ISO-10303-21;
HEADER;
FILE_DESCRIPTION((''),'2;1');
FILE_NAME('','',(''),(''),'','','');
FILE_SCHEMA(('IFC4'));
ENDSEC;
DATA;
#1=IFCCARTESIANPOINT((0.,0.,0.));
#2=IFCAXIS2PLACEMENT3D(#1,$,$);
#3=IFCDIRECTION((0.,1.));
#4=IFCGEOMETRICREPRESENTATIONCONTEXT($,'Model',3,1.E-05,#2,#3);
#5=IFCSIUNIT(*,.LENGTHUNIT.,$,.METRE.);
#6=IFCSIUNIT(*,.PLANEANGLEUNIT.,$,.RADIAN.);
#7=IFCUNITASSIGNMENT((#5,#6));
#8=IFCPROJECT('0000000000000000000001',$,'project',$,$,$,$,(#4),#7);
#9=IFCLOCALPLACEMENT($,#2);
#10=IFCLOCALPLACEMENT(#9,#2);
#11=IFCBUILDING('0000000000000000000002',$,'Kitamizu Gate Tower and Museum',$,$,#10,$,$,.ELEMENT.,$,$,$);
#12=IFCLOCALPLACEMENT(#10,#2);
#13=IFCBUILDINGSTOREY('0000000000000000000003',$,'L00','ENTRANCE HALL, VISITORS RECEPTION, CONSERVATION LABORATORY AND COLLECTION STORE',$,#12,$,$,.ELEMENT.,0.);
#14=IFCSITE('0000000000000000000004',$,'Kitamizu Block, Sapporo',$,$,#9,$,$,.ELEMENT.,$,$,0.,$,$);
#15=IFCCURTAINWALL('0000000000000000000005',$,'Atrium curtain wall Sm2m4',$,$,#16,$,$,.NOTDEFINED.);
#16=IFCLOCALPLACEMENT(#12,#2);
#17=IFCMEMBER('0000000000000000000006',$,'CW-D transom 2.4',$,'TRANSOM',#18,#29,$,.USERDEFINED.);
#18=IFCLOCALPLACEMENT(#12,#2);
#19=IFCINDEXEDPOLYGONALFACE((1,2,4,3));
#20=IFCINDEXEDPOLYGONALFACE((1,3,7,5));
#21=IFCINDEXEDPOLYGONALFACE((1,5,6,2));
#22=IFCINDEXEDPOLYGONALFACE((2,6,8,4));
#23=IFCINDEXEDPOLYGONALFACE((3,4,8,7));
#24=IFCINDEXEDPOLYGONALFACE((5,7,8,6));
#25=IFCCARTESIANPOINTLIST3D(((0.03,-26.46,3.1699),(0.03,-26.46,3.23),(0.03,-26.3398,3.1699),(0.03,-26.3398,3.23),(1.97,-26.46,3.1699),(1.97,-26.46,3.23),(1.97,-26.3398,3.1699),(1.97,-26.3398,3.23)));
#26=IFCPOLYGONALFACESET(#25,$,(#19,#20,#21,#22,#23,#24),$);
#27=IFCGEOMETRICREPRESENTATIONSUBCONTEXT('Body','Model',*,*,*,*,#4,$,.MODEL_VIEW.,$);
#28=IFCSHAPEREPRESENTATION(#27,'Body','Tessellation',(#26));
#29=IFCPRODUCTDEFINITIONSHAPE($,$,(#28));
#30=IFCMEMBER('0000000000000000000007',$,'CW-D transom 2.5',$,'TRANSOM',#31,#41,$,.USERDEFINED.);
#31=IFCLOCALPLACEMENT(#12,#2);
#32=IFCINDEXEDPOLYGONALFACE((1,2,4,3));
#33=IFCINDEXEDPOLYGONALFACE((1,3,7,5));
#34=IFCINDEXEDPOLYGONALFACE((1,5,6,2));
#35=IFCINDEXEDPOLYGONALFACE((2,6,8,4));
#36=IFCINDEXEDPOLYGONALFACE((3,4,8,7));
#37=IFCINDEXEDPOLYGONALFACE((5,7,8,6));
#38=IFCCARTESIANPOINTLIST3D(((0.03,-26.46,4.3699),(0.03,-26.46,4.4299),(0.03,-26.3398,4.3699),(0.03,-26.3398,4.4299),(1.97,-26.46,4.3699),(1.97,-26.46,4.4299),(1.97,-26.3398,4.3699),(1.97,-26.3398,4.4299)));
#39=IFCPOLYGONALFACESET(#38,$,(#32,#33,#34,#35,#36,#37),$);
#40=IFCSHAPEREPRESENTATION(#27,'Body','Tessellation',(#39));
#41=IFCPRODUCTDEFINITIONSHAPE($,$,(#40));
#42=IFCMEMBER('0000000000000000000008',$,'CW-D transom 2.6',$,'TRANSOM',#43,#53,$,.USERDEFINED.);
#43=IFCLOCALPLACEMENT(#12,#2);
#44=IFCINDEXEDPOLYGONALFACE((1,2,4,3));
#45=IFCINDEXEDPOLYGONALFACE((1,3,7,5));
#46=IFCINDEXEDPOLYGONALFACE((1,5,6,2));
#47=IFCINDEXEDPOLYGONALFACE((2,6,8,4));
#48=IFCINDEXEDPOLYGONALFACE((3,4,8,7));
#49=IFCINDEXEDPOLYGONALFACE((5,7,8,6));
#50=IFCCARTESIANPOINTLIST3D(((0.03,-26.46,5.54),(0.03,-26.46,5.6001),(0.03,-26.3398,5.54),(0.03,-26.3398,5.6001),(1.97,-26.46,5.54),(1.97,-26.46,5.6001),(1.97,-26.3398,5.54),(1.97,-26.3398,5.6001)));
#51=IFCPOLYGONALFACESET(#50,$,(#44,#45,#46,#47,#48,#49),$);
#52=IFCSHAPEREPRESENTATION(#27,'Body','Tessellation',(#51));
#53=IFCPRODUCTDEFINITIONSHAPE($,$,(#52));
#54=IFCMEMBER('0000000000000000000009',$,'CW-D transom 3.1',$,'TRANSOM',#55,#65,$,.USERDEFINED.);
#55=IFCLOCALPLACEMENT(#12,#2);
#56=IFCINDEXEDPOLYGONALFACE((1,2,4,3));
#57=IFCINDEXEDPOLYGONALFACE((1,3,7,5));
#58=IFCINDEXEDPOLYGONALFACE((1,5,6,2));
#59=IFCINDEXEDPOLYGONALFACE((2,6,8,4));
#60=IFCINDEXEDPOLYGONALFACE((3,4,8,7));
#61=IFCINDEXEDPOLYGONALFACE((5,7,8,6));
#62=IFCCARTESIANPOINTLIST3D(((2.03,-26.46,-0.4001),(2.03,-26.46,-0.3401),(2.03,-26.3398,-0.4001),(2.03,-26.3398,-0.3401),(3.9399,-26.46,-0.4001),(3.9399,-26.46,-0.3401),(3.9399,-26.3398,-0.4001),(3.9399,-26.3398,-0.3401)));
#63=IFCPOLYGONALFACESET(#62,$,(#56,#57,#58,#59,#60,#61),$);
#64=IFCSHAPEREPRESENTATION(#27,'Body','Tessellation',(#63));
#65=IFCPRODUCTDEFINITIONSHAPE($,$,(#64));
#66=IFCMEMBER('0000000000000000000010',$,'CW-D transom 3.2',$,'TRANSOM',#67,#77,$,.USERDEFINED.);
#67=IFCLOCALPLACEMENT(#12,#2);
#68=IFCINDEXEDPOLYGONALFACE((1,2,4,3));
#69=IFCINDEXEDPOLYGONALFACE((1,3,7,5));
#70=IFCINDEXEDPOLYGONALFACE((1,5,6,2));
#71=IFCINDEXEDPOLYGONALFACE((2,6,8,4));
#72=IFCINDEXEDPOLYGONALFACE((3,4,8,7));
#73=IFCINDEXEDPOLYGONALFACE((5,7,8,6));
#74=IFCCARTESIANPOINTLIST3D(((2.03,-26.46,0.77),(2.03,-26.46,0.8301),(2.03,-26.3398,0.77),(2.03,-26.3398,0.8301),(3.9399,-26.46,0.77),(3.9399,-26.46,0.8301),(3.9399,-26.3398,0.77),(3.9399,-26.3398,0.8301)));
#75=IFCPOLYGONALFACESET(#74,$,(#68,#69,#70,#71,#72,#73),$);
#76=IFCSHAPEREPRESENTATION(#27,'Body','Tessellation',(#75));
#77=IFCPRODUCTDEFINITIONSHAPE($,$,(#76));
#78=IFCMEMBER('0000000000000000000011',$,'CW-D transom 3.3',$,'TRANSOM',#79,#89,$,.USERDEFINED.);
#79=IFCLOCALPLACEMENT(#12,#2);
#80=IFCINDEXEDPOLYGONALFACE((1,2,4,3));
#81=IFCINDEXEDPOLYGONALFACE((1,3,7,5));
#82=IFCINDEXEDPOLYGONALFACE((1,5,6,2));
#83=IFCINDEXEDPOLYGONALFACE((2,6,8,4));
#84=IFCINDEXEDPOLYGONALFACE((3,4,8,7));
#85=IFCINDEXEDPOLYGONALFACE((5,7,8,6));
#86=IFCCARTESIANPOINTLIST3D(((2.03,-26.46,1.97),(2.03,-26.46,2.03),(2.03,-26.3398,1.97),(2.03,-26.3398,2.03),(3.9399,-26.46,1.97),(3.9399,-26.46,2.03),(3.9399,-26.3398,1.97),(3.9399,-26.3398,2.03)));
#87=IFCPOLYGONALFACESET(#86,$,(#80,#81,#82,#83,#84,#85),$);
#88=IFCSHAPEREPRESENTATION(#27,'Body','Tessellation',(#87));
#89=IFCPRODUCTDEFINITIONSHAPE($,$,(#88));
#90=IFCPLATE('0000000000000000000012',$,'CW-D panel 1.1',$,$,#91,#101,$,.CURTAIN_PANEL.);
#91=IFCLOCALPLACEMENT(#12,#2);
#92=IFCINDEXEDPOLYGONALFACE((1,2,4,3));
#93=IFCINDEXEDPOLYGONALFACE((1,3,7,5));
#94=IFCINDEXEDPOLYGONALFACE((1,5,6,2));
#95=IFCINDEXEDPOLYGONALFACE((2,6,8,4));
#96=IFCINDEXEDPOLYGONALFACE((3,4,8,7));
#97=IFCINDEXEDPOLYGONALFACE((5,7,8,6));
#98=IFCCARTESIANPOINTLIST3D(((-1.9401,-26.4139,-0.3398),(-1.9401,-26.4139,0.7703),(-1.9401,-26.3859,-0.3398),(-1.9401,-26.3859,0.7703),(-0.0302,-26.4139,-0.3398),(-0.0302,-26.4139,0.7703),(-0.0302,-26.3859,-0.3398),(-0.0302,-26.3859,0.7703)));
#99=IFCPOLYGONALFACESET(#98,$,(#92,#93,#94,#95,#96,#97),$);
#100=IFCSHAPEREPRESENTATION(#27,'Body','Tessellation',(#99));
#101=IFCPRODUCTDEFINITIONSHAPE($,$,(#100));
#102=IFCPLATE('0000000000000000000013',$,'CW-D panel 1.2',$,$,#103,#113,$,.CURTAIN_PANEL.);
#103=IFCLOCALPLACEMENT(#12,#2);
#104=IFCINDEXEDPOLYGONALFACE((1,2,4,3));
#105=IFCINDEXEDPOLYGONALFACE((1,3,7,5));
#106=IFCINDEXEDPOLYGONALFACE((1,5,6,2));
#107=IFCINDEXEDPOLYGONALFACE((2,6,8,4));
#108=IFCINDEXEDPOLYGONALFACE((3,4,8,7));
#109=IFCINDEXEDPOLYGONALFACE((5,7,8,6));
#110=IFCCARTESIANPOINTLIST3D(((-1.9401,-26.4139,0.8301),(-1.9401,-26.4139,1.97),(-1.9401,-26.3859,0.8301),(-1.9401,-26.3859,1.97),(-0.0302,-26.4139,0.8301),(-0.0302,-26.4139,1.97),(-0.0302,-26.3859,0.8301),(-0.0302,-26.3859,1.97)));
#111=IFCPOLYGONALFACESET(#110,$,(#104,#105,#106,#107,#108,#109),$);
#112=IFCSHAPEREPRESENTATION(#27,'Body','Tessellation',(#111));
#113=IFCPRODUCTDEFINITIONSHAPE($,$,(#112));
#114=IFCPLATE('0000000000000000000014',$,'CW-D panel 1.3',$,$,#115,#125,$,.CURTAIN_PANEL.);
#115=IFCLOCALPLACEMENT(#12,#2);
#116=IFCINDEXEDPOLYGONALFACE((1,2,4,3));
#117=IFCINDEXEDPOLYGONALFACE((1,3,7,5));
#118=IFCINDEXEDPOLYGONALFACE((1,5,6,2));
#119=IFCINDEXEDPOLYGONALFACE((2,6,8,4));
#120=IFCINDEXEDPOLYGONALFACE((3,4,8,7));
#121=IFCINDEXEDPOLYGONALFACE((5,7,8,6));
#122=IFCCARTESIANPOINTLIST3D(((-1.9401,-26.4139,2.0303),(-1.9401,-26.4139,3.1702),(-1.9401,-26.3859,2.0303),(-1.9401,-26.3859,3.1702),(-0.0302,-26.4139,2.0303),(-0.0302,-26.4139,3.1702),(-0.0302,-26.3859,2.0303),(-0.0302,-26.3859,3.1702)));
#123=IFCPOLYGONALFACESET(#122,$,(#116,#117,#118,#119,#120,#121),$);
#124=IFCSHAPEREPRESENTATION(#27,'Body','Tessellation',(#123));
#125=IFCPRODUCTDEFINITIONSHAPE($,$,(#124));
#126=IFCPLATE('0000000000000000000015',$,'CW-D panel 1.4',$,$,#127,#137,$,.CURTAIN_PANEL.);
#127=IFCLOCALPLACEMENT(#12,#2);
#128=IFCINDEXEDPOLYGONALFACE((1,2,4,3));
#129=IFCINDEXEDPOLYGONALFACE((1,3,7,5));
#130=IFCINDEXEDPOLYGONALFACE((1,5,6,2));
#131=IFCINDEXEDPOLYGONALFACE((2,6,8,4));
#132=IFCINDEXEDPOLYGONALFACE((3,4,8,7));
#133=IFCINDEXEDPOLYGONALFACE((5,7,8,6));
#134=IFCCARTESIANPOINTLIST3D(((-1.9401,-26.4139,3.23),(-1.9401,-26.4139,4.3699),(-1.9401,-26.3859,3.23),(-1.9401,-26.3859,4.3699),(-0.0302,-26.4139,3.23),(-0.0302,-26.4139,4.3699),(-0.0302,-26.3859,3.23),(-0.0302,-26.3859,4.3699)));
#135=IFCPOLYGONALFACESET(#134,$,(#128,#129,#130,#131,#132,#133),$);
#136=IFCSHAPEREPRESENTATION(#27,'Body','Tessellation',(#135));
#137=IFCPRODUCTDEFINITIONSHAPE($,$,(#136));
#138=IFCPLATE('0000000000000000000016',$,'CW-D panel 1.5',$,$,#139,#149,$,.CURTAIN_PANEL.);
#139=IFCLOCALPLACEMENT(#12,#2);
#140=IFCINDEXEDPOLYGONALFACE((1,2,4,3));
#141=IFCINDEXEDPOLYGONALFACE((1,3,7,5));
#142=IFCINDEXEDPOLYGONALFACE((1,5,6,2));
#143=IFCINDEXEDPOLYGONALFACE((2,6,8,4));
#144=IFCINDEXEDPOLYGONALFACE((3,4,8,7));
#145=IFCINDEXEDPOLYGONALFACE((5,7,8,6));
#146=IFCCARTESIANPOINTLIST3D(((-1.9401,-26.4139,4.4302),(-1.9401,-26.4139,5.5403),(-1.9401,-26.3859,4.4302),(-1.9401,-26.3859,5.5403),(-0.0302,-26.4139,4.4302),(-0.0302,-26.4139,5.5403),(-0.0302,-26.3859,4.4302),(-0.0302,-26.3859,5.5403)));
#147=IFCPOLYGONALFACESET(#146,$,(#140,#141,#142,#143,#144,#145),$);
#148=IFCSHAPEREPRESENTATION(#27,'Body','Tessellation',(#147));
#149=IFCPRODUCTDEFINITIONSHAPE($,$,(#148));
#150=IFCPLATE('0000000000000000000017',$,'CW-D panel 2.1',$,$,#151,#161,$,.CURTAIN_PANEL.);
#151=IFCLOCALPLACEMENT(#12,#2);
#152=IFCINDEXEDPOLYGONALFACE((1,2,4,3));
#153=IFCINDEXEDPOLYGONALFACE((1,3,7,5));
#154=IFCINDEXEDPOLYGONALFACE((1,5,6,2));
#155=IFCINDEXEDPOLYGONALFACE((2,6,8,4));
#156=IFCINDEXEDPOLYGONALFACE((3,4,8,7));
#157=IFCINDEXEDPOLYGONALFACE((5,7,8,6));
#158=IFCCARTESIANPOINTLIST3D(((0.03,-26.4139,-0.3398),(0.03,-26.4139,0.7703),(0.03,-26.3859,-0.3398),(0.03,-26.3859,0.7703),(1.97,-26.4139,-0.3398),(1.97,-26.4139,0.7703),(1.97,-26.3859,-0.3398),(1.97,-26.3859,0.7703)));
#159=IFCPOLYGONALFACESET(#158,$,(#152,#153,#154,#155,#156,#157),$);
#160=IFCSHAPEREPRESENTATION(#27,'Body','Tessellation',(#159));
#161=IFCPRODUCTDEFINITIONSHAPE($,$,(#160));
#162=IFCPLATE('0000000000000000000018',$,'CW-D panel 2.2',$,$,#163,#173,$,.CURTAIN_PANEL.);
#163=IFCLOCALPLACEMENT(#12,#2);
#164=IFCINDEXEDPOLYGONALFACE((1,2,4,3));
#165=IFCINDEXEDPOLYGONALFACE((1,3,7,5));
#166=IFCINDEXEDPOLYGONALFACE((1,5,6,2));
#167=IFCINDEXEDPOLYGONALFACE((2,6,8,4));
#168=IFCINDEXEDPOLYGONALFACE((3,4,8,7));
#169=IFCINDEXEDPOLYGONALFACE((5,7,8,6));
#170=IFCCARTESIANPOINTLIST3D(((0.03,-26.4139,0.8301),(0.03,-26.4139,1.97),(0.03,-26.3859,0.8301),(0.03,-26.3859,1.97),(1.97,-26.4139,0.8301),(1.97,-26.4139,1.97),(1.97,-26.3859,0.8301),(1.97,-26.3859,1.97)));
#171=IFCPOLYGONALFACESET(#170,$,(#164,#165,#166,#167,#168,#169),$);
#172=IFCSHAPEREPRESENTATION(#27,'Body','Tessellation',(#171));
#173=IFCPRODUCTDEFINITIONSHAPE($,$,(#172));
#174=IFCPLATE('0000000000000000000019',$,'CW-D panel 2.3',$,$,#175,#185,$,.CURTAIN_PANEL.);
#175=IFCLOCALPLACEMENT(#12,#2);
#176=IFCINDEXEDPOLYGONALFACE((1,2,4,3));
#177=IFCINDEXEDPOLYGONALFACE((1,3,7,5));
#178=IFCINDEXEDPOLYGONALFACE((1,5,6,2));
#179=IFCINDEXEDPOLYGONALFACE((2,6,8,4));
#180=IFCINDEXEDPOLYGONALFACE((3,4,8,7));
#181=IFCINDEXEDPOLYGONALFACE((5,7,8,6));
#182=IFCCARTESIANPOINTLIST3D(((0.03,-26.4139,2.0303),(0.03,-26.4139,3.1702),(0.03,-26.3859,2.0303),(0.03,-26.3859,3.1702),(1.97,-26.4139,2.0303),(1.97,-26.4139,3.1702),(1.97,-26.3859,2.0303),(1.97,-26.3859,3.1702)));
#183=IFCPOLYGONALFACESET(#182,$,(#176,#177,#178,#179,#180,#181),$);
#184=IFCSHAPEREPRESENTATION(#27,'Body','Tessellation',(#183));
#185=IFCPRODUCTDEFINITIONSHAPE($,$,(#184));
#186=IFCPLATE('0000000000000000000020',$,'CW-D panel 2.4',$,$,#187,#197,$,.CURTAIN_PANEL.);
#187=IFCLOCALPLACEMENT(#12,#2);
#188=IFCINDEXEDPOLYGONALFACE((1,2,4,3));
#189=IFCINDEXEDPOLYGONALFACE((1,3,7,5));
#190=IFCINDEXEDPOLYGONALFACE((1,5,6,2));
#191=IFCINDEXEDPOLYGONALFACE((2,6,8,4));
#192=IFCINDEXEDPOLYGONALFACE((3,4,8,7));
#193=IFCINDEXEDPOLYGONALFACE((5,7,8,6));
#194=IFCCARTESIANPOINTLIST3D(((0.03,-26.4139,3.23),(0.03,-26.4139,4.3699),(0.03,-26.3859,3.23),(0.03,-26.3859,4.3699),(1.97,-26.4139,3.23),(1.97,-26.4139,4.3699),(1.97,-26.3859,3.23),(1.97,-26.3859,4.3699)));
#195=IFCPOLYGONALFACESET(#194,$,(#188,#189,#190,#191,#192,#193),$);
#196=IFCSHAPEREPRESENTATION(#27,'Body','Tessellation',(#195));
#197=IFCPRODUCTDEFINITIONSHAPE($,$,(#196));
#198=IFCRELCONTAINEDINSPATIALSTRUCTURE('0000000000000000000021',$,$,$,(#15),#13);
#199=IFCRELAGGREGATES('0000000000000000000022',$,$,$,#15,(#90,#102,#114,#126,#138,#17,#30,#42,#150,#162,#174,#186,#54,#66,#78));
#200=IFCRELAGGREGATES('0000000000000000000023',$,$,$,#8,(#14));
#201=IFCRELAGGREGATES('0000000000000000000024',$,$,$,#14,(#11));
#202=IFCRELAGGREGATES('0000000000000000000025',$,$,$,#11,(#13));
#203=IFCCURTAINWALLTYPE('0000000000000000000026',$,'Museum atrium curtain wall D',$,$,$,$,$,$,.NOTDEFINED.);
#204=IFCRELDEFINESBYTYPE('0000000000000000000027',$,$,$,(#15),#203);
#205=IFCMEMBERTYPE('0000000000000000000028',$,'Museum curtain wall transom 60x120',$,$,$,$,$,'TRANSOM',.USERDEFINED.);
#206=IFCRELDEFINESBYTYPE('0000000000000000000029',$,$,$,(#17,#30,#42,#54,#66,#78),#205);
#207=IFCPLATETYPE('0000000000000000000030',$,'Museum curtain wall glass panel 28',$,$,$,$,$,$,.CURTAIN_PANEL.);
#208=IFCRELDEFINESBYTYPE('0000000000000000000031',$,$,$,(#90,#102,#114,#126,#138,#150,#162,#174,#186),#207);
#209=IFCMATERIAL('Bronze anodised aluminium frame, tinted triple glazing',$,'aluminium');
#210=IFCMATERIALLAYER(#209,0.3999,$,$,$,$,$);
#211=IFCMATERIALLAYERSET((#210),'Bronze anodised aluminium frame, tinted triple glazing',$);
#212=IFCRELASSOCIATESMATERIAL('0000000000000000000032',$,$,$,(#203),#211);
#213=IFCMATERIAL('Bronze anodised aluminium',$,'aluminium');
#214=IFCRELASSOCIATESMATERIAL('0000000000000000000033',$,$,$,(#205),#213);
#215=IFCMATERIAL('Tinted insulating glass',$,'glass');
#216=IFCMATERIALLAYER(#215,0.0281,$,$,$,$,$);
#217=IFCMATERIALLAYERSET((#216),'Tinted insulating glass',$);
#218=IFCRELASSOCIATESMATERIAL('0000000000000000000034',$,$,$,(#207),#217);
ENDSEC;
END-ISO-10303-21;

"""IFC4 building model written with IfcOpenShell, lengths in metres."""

from ifc_helpers import new_model, si_unit, direction, frame, origin, origin_2d, place, context, subcontext, project, spatial, rectangle, extrude, material, layer, layer_set, material_profile, profile_set, type_object, element, aggregate, save


model = new_model("IFC4")

# Units and contexts
model_context = context("Model", 3, precision=1e-05, world=origin(), true_north=direction((0.0, 1.0)))
body_context = subcontext(model_context, "Body", "Model", "MODEL_VIEW")
ifc_project = project(units=[si_unit("LENGTHUNIT", "METRE"), si_unit("PLANEANGLEUNIT", "RADIAN")], contexts=[model_context])

# Site, building, storey
site_placement = place(None, origin())
site = spatial("IfcSite", under=ifc_project, at=site_placement, Name="Kitamizu Block, Sapporo", CompositionType="ELEMENT", RefElevation=0.0)
building_placement = place(site_placement, origin())
building = spatial("IfcBuilding", under=site, at=building_placement, Name="Kitamizu Gate Tower and Museum", CompositionType="ELEMENT")
storey_placement = place(building_placement, origin())
storey = spatial("IfcBuildingStorey", under=building, at=storey_placement, Name="L00", Description="ENTRANCE HALL, VISITORS RECEPTION, CONSERVATION LABORATORY AND COLLECTION STORE", CompositionType="ELEMENT", Elevation=0.0)

# Curtain wall, members, plates
ifc_material_1 = material(Name="Bronze anodised aluminium frame, tinted triple glazing", Category="aluminium")
ifc_layer_1 = layer(ifc_material_1, 0.3999)
ifc_layer_set_1 = layer_set([ifc_layer_1], Name="Bronze anodised aluminium frame, tinted triple glazing")
curtain_wall_type = type_object("IfcCurtainWallType", Name="Museum atrium curtain wall D", PredefinedType="NOTDEFINED", material=ifc_layer_set_1)
curtain_wall_placement = place(storey_placement, origin())
curtain_wall = element("IfcCurtainWall", 1, at=curtain_wall_placement, inside=storey, type_object=curtain_wall_type, Name="Atrium curtain wall Sm2m4", PredefinedType="NOTDEFINED")
ifc_material_2 = material(Name="Bronze anodised aluminium", Category="aluminium")
ifc_material_profile_1 = material_profile(ifc_material_2, rectangle(XDim=0.1201, YDim=0.0601, at=origin_2d()), Name="120x60")
ifc_profile_set_1 = profile_set([ifc_material_profile_1], Name="Bronze anodised aluminium")
member_type_1 = type_object("IfcMemberType", Name="Museum curtain wall transom 60x120", ElementType="TRANSOM", PredefinedType="USERDEFINED", material=ifc_profile_set_1)
member_1_placement = place(storey_placement, frame((0.03, -26.3999, 3.2), z_axis=(1.0, 0.0, 0.0), x_axis=(0.0, 1.0, 0.0)))
member_1 = element("IfcMember", 2, at=member_1_placement, type_object=member_type_1, Name="CW-D transom 2.4", ObjectType="TRANSOM", PredefinedType="USERDEFINED", context=body_context, shape_type="SweptSolid", body=[
    extrude(rectangle(XDim=0.1201, YDim=0.0601, at=origin_2d()), origin(), (0.0, 0.0, 1.0), 1.9399),
])
member_2_placement = place(storey_placement, frame((0.03, -26.3999, 4.3999), z_axis=(1.0, 0.0, 0.0), x_axis=(0.0, 1.0, 0.0)))
member_2 = element("IfcMember", 3, at=member_2_placement, type_object=member_type_1, Name="CW-D transom 2.5", ObjectType="TRANSOM", PredefinedType="USERDEFINED", context=body_context, shape_type="SweptSolid", body=[
    extrude(rectangle(XDim=0.1201, YDim=0.0601, at=origin_2d()), origin(), (0.0, 0.0, 1.0), 1.9399),
])
member_3_placement = place(storey_placement, frame((0.03, -26.3999, 5.5701), z_axis=(1.0, 0.0, 0.0), x_axis=(0.0, 1.0, 0.0)))
member_3 = element("IfcMember", 4, at=member_3_placement, type_object=member_type_1, Name="CW-D transom 2.6", ObjectType="TRANSOM", PredefinedType="USERDEFINED", context=body_context, shape_type="SweptSolid", body=[
    extrude(rectangle(XDim=0.1201, YDim=0.0601, at=origin_2d()), origin(), (0.0, 0.0, 1.0), 1.9399),
])
member_4_placement = place(storey_placement, frame((2.03, -26.3999, -0.3701), z_axis=(1.0, 0.0, 0.0), x_axis=(0.0, 1.0, 0.0)))
member_4 = element("IfcMember", 5, at=member_4_placement, type_object=member_type_1, Name="CW-D transom 3.1", ObjectType="TRANSOM", PredefinedType="USERDEFINED", context=body_context, shape_type="SweptSolid", body=[
    extrude(rectangle(XDim=0.1201, YDim=0.0601, at=origin_2d()), origin(), (0.0, 0.0, 1.0), 1.9099),
])
member_5_placement = place(storey_placement, frame((2.03, -26.3999, 0.8), z_axis=(1.0, 0.0, 0.0), x_axis=(0.0, 1.0, 0.0)))
member_5 = element("IfcMember", 6, at=member_5_placement, type_object=member_type_1, Name="CW-D transom 3.2", ObjectType="TRANSOM", PredefinedType="USERDEFINED", context=body_context, shape_type="SweptSolid", body=[
    extrude(rectangle(XDim=0.1201, YDim=0.0601, at=origin_2d()), origin(), (0.0, 0.0, 1.0), 1.9099),
])
member_6_placement = place(storey_placement, frame((2.03, -26.3999, 2.0), z_axis=(1.0, 0.0, 0.0), x_axis=(0.0, 1.0, 0.0)))
member_6 = element("IfcMember", 7, at=member_6_placement, type_object=member_type_1, Name="CW-D transom 3.3", ObjectType="TRANSOM", PredefinedType="USERDEFINED", context=body_context, shape_type="SweptSolid", body=[
    extrude(rectangle(XDim=0.1201, YDim=0.0601, at=origin_2d()), origin(), (0.0, 0.0, 1.0), 1.9099),
])
ifc_material_3 = material(Name="Tinted insulating glass", Category="glass")
ifc_layer_2 = layer(ifc_material_3, 0.0281)
ifc_layer_set_2 = layer_set([ifc_layer_2], Name="Tinted insulating glass")
plate_type = type_object("IfcPlateType", Name="Museum curtain wall glass panel 28", PredefinedType="CURTAIN_PANEL", material=ifc_layer_set_2)
plate_1_placement = place(storey_placement, frame((-0.9851, -26.3999, -0.3398), z_axis=(0.0, 0.0, 1.0), x_axis=(1.0, 0.0, 0.0)))
plate_1 = element("IfcPlate", 8, at=plate_1_placement, type_object=plate_type, Name="CW-D panel 1.1", PredefinedType="CURTAIN_PANEL", context=body_context, shape_type="SweptSolid", body=[
    extrude(rectangle(XDim=1.9099, YDim=0.0281, at=origin_2d()), origin(), (0.0, 0.0, 1.0), 1.1101),
])
plate_2_placement = place(storey_placement, frame((-0.9851, -26.3999, 0.8301), z_axis=(0.0, 0.0, 1.0), x_axis=(1.0, 0.0, 0.0)))
plate_2 = element("IfcPlate", 9, at=plate_2_placement, type_object=plate_type, Name="CW-D panel 1.2", PredefinedType="CURTAIN_PANEL", context=body_context, shape_type="SweptSolid", body=[
    extrude(rectangle(XDim=1.9099, YDim=0.0281, at=origin_2d()), origin(), (0.0, 0.0, 1.0), 1.1399),
])
plate_3_placement = place(storey_placement, frame((-0.9851, -26.3999, 2.0303), z_axis=(0.0, 0.0, 1.0), x_axis=(1.0, 0.0, 0.0)))
plate_3 = element("IfcPlate", 10, at=plate_3_placement, type_object=plate_type, Name="CW-D panel 1.3", PredefinedType="CURTAIN_PANEL", context=body_context, shape_type="SweptSolid", body=[
    extrude(rectangle(XDim=1.9099, YDim=0.0281, at=origin_2d()), origin(), (0.0, 0.0, 1.0), 1.1399),
])
plate_4_placement = place(storey_placement, frame((-0.9851, -26.3999, 3.23), z_axis=(0.0, 0.0, 1.0), x_axis=(1.0, 0.0, 0.0)))
plate_4 = element("IfcPlate", 11, at=plate_4_placement, type_object=plate_type, Name="CW-D panel 1.4", PredefinedType="CURTAIN_PANEL", context=body_context, shape_type="SweptSolid", body=[
    extrude(rectangle(XDim=1.9099, YDim=0.0281, at=origin_2d()), origin(), (0.0, 0.0, 1.0), 1.1399),
])
plate_5_placement = place(storey_placement, frame((-0.9851, -26.3999, 4.4302), z_axis=(0.0, 0.0, 1.0), x_axis=(1.0, 0.0, 0.0)))
plate_5 = element("IfcPlate", 12, at=plate_5_placement, type_object=plate_type, Name="CW-D panel 1.5", PredefinedType="CURTAIN_PANEL", context=body_context, shape_type="SweptSolid", body=[
    extrude(rectangle(XDim=1.9099, YDim=0.0281, at=origin_2d()), origin(), (0.0, 0.0, 1.0), 1.1101),
])
plate_6_placement = place(storey_placement, frame((1.0, -26.3999, -0.3398), z_axis=(0.0, 0.0, 1.0), x_axis=(1.0, 0.0, 0.0)))
plate_6 = element("IfcPlate", 13, at=plate_6_placement, type_object=plate_type, Name="CW-D panel 2.1", PredefinedType="CURTAIN_PANEL", context=body_context, shape_type="SweptSolid", body=[
    extrude(rectangle(XDim=1.9399, YDim=0.0281, at=origin_2d()), origin(), (0.0, 0.0, 1.0), 1.1101),
])
plate_7_placement = place(storey_placement, frame((1.0, -26.3999, 0.8301), z_axis=(0.0, 0.0, 1.0), x_axis=(1.0, 0.0, 0.0)))
plate_7 = element("IfcPlate", 14, at=plate_7_placement, type_object=plate_type, Name="CW-D panel 2.2", PredefinedType="CURTAIN_PANEL", context=body_context, shape_type="SweptSolid", body=[
    extrude(rectangle(XDim=1.9399, YDim=0.0281, at=origin_2d()), origin(), (0.0, 0.0, 1.0), 1.1399),
])
plate_8_placement = place(storey_placement, frame((1.0, -26.3999, 2.0303), z_axis=(0.0, 0.0, 1.0), x_axis=(1.0, 0.0, 0.0)))
plate_8 = element("IfcPlate", 15, at=plate_8_placement, type_object=plate_type, Name="CW-D panel 2.3", PredefinedType="CURTAIN_PANEL", context=body_context, shape_type="SweptSolid", body=[
    extrude(rectangle(XDim=1.9399, YDim=0.0281, at=origin_2d()), origin(), (0.0, 0.0, 1.0), 1.1399),
])
plate_9_placement = place(storey_placement, frame((1.0, -26.3999, 3.23), z_axis=(0.0, 0.0, 1.0), x_axis=(1.0, 0.0, 0.0)))
plate_9 = element("IfcPlate", 16, at=plate_9_placement, type_object=plate_type, Name="CW-D panel 2.4", PredefinedType="CURTAIN_PANEL", context=body_context, shape_type="SweptSolid", body=[
    extrude(rectangle(XDim=1.9399, YDim=0.0281, at=origin_2d()), origin(), (0.0, 0.0, 1.0), 1.1399),
])
aggregate(curtain_wall, [plate_1, plate_2, plate_3, plate_4, plate_5, member_1, member_2, member_3, plate_6, plate_7, plate_8, plate_9, member_4, member_5, member_6])

save(model, "model.ifc")
